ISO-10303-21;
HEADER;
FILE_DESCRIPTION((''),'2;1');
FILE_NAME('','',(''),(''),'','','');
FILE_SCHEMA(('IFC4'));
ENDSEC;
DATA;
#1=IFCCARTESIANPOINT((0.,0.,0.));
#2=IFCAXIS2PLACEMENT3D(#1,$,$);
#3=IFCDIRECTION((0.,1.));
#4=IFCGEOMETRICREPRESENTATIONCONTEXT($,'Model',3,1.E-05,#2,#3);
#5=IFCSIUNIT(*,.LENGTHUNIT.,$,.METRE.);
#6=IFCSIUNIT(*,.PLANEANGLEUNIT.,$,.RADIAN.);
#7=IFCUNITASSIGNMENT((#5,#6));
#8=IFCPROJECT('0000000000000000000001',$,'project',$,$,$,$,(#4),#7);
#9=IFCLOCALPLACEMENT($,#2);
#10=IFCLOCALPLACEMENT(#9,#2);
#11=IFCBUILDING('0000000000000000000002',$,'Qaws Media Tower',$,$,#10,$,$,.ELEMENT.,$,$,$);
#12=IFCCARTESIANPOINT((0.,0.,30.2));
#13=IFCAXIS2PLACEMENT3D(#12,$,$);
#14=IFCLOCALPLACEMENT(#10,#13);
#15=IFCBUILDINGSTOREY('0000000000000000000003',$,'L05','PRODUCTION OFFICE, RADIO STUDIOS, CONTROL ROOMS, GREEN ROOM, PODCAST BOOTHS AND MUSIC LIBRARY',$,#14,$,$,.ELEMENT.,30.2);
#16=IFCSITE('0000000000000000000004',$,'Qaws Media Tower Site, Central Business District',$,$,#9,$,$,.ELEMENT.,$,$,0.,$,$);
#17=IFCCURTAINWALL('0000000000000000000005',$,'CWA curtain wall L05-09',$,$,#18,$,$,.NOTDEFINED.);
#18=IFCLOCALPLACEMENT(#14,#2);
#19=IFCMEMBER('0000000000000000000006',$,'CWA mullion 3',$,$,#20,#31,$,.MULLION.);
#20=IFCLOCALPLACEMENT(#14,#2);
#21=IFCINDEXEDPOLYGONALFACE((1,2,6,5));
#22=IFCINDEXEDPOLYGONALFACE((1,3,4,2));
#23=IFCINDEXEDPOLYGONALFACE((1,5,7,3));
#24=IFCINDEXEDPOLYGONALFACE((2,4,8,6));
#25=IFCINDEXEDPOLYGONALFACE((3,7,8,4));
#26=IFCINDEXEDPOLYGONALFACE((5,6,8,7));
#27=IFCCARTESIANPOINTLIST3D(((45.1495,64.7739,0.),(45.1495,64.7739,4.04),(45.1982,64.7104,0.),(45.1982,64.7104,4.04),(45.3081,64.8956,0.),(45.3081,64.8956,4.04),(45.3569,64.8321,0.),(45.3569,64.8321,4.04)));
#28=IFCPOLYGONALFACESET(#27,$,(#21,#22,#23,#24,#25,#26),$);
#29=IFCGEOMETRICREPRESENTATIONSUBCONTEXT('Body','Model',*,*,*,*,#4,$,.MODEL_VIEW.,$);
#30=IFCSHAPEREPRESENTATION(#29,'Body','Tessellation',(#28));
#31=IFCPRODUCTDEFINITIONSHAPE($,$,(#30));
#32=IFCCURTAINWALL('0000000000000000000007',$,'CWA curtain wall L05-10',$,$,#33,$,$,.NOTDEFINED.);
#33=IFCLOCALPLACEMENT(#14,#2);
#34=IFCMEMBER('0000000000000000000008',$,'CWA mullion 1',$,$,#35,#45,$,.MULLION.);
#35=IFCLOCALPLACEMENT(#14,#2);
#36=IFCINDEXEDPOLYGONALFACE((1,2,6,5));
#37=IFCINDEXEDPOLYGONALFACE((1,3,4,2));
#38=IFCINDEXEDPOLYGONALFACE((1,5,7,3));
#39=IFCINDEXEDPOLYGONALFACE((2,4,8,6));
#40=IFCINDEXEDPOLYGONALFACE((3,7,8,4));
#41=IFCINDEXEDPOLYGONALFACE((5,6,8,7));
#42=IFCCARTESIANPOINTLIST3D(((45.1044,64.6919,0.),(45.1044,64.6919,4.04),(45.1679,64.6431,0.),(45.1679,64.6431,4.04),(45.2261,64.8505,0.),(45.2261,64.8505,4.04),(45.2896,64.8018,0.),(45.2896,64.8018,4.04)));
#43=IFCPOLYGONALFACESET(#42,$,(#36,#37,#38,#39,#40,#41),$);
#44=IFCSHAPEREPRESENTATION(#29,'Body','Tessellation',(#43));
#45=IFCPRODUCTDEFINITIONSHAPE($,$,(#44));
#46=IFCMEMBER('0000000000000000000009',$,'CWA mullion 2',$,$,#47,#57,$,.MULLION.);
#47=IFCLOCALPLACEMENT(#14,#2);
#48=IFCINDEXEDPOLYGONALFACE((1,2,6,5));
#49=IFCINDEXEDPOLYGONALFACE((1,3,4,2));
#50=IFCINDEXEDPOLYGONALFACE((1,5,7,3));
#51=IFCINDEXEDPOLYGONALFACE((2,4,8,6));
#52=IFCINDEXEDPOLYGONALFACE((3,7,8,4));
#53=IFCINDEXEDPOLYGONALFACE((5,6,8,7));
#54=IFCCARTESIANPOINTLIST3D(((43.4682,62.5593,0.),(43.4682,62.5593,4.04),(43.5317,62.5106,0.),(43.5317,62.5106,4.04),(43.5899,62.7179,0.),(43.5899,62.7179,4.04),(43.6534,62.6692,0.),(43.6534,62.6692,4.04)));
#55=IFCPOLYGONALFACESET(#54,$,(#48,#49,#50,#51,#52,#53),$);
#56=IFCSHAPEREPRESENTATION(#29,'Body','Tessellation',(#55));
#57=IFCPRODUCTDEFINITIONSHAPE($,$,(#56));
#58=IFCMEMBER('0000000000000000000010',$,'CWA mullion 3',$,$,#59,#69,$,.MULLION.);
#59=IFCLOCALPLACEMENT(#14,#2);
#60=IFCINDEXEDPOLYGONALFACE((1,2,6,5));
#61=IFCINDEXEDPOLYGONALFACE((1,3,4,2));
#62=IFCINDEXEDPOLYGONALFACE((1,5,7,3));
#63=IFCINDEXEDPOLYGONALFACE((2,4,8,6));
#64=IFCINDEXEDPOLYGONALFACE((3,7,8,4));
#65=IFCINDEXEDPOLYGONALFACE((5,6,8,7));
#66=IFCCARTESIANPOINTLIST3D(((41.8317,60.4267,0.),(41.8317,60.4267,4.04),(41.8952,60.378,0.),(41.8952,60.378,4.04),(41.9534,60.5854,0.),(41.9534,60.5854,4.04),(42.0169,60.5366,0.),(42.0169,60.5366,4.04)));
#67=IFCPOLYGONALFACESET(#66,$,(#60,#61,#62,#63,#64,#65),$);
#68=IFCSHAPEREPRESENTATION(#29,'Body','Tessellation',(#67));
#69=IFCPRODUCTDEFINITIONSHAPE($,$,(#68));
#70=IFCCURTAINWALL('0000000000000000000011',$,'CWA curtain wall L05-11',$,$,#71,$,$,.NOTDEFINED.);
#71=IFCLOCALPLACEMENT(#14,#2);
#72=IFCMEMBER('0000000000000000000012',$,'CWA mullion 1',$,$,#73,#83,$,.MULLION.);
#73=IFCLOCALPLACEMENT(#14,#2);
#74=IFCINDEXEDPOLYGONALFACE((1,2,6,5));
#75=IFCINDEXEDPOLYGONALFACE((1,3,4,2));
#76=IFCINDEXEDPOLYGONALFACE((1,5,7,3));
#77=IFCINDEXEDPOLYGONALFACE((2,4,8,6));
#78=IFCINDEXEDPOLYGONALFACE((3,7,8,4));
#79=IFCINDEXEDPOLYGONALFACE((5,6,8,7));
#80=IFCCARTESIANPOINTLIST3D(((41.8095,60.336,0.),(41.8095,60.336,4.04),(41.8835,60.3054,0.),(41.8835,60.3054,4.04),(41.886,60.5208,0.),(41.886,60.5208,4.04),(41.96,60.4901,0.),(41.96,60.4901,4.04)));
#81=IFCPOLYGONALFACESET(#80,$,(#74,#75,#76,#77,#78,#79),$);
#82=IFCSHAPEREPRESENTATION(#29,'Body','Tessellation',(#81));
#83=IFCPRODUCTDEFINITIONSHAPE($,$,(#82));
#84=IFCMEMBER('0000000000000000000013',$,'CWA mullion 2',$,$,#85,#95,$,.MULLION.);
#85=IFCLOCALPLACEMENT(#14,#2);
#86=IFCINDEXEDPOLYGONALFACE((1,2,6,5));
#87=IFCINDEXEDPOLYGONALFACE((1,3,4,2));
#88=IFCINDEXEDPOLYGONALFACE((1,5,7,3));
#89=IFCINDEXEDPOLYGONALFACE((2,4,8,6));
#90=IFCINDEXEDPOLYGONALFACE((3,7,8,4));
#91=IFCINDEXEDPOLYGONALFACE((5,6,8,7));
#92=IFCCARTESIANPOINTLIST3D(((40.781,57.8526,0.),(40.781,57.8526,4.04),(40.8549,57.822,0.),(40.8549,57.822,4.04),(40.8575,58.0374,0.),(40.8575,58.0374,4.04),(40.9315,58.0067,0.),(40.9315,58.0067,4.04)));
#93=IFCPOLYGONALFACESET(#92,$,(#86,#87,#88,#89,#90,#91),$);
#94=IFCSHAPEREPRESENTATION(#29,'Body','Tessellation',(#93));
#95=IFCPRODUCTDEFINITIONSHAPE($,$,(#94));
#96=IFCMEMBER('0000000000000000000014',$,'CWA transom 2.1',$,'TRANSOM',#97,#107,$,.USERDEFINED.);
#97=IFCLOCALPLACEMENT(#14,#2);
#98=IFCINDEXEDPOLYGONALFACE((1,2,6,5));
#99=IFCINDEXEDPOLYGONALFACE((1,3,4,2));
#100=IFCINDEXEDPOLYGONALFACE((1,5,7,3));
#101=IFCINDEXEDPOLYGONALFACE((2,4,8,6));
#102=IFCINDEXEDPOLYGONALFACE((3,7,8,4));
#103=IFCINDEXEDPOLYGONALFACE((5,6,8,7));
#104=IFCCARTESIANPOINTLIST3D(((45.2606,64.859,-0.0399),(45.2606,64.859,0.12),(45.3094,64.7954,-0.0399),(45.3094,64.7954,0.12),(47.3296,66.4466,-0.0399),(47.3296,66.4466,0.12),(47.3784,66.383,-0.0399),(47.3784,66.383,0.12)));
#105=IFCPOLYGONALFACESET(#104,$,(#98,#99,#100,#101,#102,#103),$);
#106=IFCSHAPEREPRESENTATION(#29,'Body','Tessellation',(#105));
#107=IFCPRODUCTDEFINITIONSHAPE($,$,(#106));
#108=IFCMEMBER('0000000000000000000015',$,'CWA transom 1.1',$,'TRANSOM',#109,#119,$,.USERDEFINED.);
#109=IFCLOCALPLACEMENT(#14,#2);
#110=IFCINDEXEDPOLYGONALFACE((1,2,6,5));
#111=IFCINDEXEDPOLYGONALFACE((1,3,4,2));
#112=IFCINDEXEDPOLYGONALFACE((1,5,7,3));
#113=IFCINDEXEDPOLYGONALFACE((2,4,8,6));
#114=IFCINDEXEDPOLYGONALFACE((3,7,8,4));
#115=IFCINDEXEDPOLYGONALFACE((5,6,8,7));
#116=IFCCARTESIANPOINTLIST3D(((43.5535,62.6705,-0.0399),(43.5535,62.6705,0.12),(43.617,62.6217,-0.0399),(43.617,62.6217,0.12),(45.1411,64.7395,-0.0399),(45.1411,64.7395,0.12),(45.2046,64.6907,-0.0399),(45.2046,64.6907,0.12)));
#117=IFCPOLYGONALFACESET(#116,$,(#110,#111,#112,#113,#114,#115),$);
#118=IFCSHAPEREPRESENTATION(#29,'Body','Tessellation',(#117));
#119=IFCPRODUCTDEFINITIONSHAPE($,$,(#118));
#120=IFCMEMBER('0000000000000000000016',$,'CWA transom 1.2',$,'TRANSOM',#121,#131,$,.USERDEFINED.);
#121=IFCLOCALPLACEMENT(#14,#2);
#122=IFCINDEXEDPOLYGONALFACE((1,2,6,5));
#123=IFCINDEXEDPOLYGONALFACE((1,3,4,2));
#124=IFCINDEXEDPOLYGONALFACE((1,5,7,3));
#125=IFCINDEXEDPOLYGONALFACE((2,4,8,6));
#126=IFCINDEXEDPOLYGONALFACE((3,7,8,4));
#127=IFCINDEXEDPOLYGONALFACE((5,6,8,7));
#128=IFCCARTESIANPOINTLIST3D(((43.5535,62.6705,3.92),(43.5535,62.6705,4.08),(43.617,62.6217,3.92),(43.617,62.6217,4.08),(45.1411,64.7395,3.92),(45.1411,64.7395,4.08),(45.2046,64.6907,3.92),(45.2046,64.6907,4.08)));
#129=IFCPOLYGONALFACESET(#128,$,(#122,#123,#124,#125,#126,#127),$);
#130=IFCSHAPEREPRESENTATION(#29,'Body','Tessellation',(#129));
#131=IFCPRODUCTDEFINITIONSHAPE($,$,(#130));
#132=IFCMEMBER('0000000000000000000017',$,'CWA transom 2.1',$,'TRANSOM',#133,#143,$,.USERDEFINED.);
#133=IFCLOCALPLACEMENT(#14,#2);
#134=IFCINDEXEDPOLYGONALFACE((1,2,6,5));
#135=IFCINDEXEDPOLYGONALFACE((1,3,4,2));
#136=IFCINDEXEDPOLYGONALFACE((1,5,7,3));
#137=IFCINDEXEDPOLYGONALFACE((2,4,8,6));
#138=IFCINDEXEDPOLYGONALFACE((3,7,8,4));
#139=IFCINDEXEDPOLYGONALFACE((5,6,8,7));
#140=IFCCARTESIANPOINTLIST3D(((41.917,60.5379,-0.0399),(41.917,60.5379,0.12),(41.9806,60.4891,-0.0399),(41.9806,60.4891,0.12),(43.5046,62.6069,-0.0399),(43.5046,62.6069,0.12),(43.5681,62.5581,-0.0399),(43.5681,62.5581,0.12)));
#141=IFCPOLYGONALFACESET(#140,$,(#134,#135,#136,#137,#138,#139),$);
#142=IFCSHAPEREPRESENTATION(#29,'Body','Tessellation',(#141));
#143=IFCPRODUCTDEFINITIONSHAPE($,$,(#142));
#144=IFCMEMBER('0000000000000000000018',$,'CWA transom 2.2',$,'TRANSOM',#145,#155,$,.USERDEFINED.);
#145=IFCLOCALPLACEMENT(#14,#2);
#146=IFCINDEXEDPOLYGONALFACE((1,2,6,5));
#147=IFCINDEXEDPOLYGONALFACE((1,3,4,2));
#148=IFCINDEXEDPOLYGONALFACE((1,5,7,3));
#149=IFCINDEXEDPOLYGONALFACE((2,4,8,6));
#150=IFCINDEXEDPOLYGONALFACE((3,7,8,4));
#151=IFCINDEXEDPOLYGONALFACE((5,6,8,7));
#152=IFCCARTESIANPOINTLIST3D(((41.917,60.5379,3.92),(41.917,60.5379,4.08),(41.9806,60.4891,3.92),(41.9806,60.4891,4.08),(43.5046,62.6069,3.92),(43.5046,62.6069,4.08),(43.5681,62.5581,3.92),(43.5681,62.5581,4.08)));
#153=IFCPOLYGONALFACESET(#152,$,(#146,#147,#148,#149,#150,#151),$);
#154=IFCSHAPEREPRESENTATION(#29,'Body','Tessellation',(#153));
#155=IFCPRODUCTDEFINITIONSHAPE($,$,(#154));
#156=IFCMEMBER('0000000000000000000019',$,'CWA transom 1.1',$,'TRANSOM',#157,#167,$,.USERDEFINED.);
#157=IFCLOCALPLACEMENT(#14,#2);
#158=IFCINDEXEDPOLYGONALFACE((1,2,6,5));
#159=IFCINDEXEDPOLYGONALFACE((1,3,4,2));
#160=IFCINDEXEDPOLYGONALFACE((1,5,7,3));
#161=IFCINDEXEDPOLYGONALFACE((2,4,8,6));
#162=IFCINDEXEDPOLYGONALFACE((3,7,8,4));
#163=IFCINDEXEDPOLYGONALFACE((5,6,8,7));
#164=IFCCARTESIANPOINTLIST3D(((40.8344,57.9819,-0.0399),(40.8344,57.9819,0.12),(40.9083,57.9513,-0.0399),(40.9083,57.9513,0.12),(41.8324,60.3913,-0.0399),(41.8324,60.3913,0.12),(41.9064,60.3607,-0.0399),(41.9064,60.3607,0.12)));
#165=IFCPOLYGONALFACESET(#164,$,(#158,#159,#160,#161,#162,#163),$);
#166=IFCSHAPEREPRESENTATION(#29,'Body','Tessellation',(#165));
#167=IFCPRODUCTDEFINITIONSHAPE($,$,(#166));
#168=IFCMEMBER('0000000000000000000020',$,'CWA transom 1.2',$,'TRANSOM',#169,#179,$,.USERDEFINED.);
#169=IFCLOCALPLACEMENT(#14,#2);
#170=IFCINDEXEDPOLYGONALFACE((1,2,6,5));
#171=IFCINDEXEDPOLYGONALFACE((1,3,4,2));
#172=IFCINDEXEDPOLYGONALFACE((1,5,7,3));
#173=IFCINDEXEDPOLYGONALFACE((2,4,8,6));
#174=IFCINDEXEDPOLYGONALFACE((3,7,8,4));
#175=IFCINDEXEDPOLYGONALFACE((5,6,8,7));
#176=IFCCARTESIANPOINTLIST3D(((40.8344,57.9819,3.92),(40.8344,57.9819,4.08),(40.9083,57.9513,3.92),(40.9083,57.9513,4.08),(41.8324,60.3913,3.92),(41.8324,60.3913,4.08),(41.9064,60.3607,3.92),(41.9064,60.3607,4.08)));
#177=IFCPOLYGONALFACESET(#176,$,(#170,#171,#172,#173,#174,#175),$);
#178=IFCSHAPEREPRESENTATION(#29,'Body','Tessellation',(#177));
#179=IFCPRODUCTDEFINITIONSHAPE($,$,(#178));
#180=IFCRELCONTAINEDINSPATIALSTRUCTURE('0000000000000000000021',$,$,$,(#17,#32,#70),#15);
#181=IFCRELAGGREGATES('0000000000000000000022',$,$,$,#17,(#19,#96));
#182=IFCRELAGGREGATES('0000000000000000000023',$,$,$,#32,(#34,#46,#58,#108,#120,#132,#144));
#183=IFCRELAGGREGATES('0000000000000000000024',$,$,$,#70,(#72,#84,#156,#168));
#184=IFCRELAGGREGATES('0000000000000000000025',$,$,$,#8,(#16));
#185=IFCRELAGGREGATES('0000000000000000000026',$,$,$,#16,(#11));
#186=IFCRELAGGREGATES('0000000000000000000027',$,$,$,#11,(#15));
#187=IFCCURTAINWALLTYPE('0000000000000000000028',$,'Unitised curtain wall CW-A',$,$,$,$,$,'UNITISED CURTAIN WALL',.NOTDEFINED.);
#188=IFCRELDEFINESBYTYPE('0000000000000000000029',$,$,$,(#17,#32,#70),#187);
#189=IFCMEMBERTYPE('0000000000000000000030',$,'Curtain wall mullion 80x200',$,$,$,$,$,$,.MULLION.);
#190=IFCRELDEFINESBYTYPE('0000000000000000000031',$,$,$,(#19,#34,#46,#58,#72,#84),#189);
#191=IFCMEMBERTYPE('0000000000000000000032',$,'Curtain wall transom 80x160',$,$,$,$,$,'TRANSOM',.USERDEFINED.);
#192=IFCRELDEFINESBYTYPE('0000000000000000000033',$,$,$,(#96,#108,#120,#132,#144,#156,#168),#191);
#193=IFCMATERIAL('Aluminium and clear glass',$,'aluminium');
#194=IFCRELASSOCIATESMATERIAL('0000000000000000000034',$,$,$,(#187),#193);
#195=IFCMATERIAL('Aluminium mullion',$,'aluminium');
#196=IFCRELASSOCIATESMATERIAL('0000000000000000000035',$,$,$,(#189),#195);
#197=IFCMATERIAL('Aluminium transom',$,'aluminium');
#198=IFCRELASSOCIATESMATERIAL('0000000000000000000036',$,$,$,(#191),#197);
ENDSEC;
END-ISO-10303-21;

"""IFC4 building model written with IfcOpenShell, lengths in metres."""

from ifc_helpers import new_model, si_unit, direction, frame, origin, origin_2d, place, context, subcontext, project, spatial, rectangle, extrude, material, material_profile, profile_set, type_object, element, aggregate, save


model = new_model("IFC4")

# Units and contexts
model_context = context("Model", 3, precision=1e-05, world=origin(), true_north=direction((0.0, 1.0)))
body_context = subcontext(model_context, "Body", "Model", "MODEL_VIEW")
ifc_project = project(units=[si_unit("LENGTHUNIT", "METRE"), si_unit("PLANEANGLEUNIT", "RADIAN")], contexts=[model_context])

# Site, building, storey
site_placement = place(None, origin())
site = spatial("IfcSite", under=ifc_project, at=site_placement, Name="Qaws Media Tower Site, Central Business District", CompositionType="ELEMENT", RefElevation=0.0)
building_placement = place(site_placement, origin())
building = spatial("IfcBuilding", under=site, at=building_placement, Name="Qaws Media Tower", CompositionType="ELEMENT")
storey_placement = place(building_placement, frame((0.0, 0.0, 30.2)))
storey = spatial("IfcBuildingStorey", under=building, at=storey_placement, Name="L05", Description="PRODUCTION OFFICE, RADIO STUDIOS, CONTROL ROOMS, GREEN ROOM, PODCAST BOOTHS AND MUSIC LIBRARY", CompositionType="ELEMENT", Elevation=30.2)

# Curtain wall, member
ifc_material_1 = material(Name="Aluminium and clear glass", Category="aluminium")
curtain_wall_type = type_object("IfcCurtainWallType", Name="Unitised curtain wall CW-A", ElementType="UNITISED CURTAIN WALL", PredefinedType="NOTDEFINED", material=ifc_material_1)
curtain_wall_1_placement = place(storey_placement, origin())
curtain_wall_1 = element("IfcCurtainWall", 1, at=curtain_wall_1_placement, inside=storey, type_object=curtain_wall_type, Name="CWA curtain wall L05-09", PredefinedType="NOTDEFINED")
ifc_material_2 = material(Name="Aluminium mullion", Category="aluminium")
ifc_material_profile_1 = material_profile(ifc_material_2, rectangle(XDim=0.0801, YDim=0.2, at=origin_2d()), Name="80x200")
ifc_profile_set_1 = profile_set([ifc_material_profile_1], Name="Aluminium mullion")
member_type_1 = type_object("IfcMemberType", Name="Curtain wall mullion 80x200", PredefinedType="MULLION", material=ifc_profile_set_1)
member_1_placement = place(storey_placement, frame((45.2532, 64.803, 0.0), z_axis=(0.0, 0.0, 1.0), x_axis=(0.608761, -0.793353, 0.0)))
member_1 = element("IfcMember", 2, at=member_1_placement, type_object=member_type_1, Name="CWA mullion 3", PredefinedType="MULLION", context=body_context, shape_type="SweptSolid", body=[
    extrude(rectangle(XDim=0.0801, YDim=0.2, at=origin_2d()), origin(), (0.0, 0.0, 1.0), 4.04),
])

# Curtain walls, members
curtain_wall_2_placement = place(storey_placement, origin())
curtain_wall_2 = element("IfcCurtainWall", 3, at=curtain_wall_2_placement, inside=storey, type_object=curtain_wall_type, Name="CWA curtain wall L05-10", PredefinedType="NOTDEFINED")
member_2_placement = place(storey_placement, frame((45.197, 64.7468, 0.0), z_axis=(0.0, 0.0, 1.0), x_axis=(0.793353, -0.608761, 0.0)))
member_2 = element("IfcMember", 4, at=member_2_placement, type_object=member_type_1, Name="CWA mullion 1", PredefinedType="MULLION", context=body_context, shape_type="SweptSolid", body=[
    extrude(rectangle(XDim=0.0801, YDim=0.2, at=origin_2d()), origin(), (0.0, 0.0, 1.0), 4.04),
])
member_3_placement = place(storey_placement, frame((43.5608, 62.6143, 0.0), z_axis=(0.0, 0.0, 1.0), x_axis=(0.793353, -0.608761, 0.0)))
member_3 = element("IfcMember", 5, at=member_3_placement, type_object=member_type_1, Name="CWA mullion 2", PredefinedType="MULLION", context=body_context, shape_type="SweptSolid", body=[
    extrude(rectangle(XDim=0.0801, YDim=0.2, at=origin_2d()), origin(), (0.0, 0.0, 1.0), 4.04),
])
member_4_placement = place(storey_placement, frame((41.9243, 60.4817, 0.0), z_axis=(0.0, 0.0, 1.0), x_axis=(0.793353, -0.608761, 0.0)))
member_4 = element("IfcMember", 6, at=member_4_placement, type_object=member_type_1, Name="CWA mullion 3", PredefinedType="MULLION", context=body_context, shape_type="SweptSolid", body=[
    extrude(rectangle(XDim=0.0801, YDim=0.2, at=origin_2d()), origin(), (0.0, 0.0, 1.0), 4.04),
])
curtain_wall_3_placement = place(storey_placement, origin())
curtain_wall_3 = element("IfcCurtainWall", 7, at=curtain_wall_3_placement, inside=storey, type_object=curtain_wall_type, Name="CWA curtain wall L05-11", PredefinedType="NOTDEFINED")
member_5_placement = place(storey_placement, frame((41.8848, 60.4131, 0.0), z_axis=(0.0, 0.0, 1.0), x_axis=(0.92388, -0.382683, 0.0)))
member_5 = element("IfcMember", 8, at=member_5_placement, type_object=member_type_1, Name="CWA mullion 1", PredefinedType="MULLION", context=body_context, shape_type="SweptSolid", body=[
    extrude(rectangle(XDim=0.0801, YDim=0.2, at=origin_2d()), origin(), (0.0, 0.0, 1.0), 4.04),
])
member_6_placement = place(storey_placement, frame((40.8562, 57.9297, 0.0), z_axis=(0.0, 0.0, 1.0), x_axis=(0.92388, -0.382683, 0.0)))
member_6 = element("IfcMember", 9, at=member_6_placement, type_object=member_type_1, Name="CWA mullion 2", PredefinedType="MULLION", context=body_context, shape_type="SweptSolid", body=[
    extrude(rectangle(XDim=0.0801, YDim=0.2, at=origin_2d()), origin(), (0.0, 0.0, 1.0), 4.04),
])

# Members
ifc_material_3 = material(Name="Aluminium transom", Category="aluminium")
ifc_material_profile_2 = material_profile(ifc_material_3, rectangle(XDim=0.0801, YDim=0.1599, at=origin_2d()), Name="80x160")
ifc_profile_set_2 = profile_set([ifc_material_profile_2], Name="Aluminium transom")
member_type_2 = type_object("IfcMemberType", Name="Curtain wall transom 80x160", ElementType="TRANSOM", PredefinedType="USERDEFINED", material=ifc_profile_set_2)
member_7_placement = place(storey_placement, frame((47.354, 66.4148, 0.04), z_axis=(-0.793358, -0.608756, 0.0), x_axis=(0.608756, -0.793358, 0.0)))
member_7 = element("IfcMember", 10, at=member_7_placement, type_object=member_type_2, Name="CWA transom 2.1", ObjectType="TRANSOM", PredefinedType="USERDEFINED", context=body_context, shape_type="SweptSolid", body=[
    extrude(rectangle(XDim=0.0801, YDim=0.1599, at=origin_2d()), origin(), (0.0, 0.0, 1.0), 2.6079),
])
member_8_placement = place(storey_placement, frame((45.1729, 64.7151, 0.04), z_axis=(-0.608756, -0.793358, 0.0), x_axis=(0.793358, -0.608756, 0.0)))
member_8 = element("IfcMember", 11, at=member_8_placement, type_object=member_type_2, Name="CWA transom 1.1", ObjectType="TRANSOM", PredefinedType="USERDEFINED", context=body_context, shape_type="SweptSolid", body=[
    extrude(rectangle(XDim=0.0801, YDim=0.1599, at=origin_2d()), origin(), (0.0, 0.0, 1.0), 2.6079),
])
member_9_placement = place(storey_placement, frame((45.1729, 64.7151, 4.0), z_axis=(-0.608756, -0.793358, 0.0), x_axis=(0.793358, -0.608756, 0.0)))
member_9 = element("IfcMember", 12, at=member_9_placement, type_object=member_type_2, Name="CWA transom 1.2", ObjectType="TRANSOM", PredefinedType="USERDEFINED", context=body_context, shape_type="SweptSolid", body=[
    extrude(rectangle(XDim=0.0801, YDim=0.1599, at=origin_2d()), origin(), (0.0, 0.0, 1.0), 2.6079),
])
member_10_placement = place(storey_placement, frame((43.5364, 62.5825, 0.04), z_axis=(-0.608756, -0.793358, 0.0), x_axis=(0.793358, -0.608756, 0.0)))
member_10 = element("IfcMember", 13, at=member_10_placement, type_object=member_type_2, Name="CWA transom 2.1", ObjectType="TRANSOM", PredefinedType="USERDEFINED", context=body_context, shape_type="SweptSolid", body=[
    extrude(rectangle(XDim=0.0801, YDim=0.1599, at=origin_2d()), origin(), (0.0, 0.0, 1.0), 2.6079),
])
member_11_placement = place(storey_placement, frame((43.5364, 62.5825, 4.0), z_axis=(-0.608756, -0.793358, 0.0), x_axis=(0.793358, -0.608756, 0.0)))
member_11 = element("IfcMember", 14, at=member_11_placement, type_object=member_type_2, Name="CWA transom 2.2", ObjectType="TRANSOM", PredefinedType="USERDEFINED", context=body_context, shape_type="SweptSolid", body=[
    extrude(rectangle(XDim=0.0801, YDim=0.1599, at=origin_2d()), origin(), (0.0, 0.0, 1.0), 2.6079),
])
member_12_placement = place(storey_placement, frame((41.8694, 60.376, 0.04), z_axis=(-0.382694, -0.923875, 0.0), x_axis=(0.923875, -0.382694, 0.0)))
member_12 = element("IfcMember", 15, at=member_12_placement, type_object=member_type_2, Name="CWA transom 1.1", ObjectType="TRANSOM", PredefinedType="USERDEFINED", context=body_context, shape_type="SweptSolid", body=[
    extrude(rectangle(XDim=0.0801, YDim=0.1599, at=origin_2d()), origin(), (0.0, 0.0, 1.0), 2.6079),
])
member_13_placement = place(storey_placement, frame((41.8694, 60.376, 4.0), z_axis=(-0.382694, -0.923875, 0.0), x_axis=(0.923875, -0.382694, 0.0)))
member_13 = element("IfcMember", 16, at=member_13_placement, type_object=member_type_2, Name="CWA transom 1.2", ObjectType="TRANSOM", PredefinedType="USERDEFINED", context=body_context, shape_type="SweptSolid", body=[
    extrude(rectangle(XDim=0.0801, YDim=0.1599, at=origin_2d()), origin(), (0.0, 0.0, 1.0), 2.6079),
])

aggregate(curtain_wall_1, [member_1, member_7])
aggregate(curtain_wall_2, [member_2, member_3, member_4, member_8, member_9, member_10, member_11])
aggregate(curtain_wall_3, [member_5, member_6, member_12, member_13])

save(model, "model.ifc")
